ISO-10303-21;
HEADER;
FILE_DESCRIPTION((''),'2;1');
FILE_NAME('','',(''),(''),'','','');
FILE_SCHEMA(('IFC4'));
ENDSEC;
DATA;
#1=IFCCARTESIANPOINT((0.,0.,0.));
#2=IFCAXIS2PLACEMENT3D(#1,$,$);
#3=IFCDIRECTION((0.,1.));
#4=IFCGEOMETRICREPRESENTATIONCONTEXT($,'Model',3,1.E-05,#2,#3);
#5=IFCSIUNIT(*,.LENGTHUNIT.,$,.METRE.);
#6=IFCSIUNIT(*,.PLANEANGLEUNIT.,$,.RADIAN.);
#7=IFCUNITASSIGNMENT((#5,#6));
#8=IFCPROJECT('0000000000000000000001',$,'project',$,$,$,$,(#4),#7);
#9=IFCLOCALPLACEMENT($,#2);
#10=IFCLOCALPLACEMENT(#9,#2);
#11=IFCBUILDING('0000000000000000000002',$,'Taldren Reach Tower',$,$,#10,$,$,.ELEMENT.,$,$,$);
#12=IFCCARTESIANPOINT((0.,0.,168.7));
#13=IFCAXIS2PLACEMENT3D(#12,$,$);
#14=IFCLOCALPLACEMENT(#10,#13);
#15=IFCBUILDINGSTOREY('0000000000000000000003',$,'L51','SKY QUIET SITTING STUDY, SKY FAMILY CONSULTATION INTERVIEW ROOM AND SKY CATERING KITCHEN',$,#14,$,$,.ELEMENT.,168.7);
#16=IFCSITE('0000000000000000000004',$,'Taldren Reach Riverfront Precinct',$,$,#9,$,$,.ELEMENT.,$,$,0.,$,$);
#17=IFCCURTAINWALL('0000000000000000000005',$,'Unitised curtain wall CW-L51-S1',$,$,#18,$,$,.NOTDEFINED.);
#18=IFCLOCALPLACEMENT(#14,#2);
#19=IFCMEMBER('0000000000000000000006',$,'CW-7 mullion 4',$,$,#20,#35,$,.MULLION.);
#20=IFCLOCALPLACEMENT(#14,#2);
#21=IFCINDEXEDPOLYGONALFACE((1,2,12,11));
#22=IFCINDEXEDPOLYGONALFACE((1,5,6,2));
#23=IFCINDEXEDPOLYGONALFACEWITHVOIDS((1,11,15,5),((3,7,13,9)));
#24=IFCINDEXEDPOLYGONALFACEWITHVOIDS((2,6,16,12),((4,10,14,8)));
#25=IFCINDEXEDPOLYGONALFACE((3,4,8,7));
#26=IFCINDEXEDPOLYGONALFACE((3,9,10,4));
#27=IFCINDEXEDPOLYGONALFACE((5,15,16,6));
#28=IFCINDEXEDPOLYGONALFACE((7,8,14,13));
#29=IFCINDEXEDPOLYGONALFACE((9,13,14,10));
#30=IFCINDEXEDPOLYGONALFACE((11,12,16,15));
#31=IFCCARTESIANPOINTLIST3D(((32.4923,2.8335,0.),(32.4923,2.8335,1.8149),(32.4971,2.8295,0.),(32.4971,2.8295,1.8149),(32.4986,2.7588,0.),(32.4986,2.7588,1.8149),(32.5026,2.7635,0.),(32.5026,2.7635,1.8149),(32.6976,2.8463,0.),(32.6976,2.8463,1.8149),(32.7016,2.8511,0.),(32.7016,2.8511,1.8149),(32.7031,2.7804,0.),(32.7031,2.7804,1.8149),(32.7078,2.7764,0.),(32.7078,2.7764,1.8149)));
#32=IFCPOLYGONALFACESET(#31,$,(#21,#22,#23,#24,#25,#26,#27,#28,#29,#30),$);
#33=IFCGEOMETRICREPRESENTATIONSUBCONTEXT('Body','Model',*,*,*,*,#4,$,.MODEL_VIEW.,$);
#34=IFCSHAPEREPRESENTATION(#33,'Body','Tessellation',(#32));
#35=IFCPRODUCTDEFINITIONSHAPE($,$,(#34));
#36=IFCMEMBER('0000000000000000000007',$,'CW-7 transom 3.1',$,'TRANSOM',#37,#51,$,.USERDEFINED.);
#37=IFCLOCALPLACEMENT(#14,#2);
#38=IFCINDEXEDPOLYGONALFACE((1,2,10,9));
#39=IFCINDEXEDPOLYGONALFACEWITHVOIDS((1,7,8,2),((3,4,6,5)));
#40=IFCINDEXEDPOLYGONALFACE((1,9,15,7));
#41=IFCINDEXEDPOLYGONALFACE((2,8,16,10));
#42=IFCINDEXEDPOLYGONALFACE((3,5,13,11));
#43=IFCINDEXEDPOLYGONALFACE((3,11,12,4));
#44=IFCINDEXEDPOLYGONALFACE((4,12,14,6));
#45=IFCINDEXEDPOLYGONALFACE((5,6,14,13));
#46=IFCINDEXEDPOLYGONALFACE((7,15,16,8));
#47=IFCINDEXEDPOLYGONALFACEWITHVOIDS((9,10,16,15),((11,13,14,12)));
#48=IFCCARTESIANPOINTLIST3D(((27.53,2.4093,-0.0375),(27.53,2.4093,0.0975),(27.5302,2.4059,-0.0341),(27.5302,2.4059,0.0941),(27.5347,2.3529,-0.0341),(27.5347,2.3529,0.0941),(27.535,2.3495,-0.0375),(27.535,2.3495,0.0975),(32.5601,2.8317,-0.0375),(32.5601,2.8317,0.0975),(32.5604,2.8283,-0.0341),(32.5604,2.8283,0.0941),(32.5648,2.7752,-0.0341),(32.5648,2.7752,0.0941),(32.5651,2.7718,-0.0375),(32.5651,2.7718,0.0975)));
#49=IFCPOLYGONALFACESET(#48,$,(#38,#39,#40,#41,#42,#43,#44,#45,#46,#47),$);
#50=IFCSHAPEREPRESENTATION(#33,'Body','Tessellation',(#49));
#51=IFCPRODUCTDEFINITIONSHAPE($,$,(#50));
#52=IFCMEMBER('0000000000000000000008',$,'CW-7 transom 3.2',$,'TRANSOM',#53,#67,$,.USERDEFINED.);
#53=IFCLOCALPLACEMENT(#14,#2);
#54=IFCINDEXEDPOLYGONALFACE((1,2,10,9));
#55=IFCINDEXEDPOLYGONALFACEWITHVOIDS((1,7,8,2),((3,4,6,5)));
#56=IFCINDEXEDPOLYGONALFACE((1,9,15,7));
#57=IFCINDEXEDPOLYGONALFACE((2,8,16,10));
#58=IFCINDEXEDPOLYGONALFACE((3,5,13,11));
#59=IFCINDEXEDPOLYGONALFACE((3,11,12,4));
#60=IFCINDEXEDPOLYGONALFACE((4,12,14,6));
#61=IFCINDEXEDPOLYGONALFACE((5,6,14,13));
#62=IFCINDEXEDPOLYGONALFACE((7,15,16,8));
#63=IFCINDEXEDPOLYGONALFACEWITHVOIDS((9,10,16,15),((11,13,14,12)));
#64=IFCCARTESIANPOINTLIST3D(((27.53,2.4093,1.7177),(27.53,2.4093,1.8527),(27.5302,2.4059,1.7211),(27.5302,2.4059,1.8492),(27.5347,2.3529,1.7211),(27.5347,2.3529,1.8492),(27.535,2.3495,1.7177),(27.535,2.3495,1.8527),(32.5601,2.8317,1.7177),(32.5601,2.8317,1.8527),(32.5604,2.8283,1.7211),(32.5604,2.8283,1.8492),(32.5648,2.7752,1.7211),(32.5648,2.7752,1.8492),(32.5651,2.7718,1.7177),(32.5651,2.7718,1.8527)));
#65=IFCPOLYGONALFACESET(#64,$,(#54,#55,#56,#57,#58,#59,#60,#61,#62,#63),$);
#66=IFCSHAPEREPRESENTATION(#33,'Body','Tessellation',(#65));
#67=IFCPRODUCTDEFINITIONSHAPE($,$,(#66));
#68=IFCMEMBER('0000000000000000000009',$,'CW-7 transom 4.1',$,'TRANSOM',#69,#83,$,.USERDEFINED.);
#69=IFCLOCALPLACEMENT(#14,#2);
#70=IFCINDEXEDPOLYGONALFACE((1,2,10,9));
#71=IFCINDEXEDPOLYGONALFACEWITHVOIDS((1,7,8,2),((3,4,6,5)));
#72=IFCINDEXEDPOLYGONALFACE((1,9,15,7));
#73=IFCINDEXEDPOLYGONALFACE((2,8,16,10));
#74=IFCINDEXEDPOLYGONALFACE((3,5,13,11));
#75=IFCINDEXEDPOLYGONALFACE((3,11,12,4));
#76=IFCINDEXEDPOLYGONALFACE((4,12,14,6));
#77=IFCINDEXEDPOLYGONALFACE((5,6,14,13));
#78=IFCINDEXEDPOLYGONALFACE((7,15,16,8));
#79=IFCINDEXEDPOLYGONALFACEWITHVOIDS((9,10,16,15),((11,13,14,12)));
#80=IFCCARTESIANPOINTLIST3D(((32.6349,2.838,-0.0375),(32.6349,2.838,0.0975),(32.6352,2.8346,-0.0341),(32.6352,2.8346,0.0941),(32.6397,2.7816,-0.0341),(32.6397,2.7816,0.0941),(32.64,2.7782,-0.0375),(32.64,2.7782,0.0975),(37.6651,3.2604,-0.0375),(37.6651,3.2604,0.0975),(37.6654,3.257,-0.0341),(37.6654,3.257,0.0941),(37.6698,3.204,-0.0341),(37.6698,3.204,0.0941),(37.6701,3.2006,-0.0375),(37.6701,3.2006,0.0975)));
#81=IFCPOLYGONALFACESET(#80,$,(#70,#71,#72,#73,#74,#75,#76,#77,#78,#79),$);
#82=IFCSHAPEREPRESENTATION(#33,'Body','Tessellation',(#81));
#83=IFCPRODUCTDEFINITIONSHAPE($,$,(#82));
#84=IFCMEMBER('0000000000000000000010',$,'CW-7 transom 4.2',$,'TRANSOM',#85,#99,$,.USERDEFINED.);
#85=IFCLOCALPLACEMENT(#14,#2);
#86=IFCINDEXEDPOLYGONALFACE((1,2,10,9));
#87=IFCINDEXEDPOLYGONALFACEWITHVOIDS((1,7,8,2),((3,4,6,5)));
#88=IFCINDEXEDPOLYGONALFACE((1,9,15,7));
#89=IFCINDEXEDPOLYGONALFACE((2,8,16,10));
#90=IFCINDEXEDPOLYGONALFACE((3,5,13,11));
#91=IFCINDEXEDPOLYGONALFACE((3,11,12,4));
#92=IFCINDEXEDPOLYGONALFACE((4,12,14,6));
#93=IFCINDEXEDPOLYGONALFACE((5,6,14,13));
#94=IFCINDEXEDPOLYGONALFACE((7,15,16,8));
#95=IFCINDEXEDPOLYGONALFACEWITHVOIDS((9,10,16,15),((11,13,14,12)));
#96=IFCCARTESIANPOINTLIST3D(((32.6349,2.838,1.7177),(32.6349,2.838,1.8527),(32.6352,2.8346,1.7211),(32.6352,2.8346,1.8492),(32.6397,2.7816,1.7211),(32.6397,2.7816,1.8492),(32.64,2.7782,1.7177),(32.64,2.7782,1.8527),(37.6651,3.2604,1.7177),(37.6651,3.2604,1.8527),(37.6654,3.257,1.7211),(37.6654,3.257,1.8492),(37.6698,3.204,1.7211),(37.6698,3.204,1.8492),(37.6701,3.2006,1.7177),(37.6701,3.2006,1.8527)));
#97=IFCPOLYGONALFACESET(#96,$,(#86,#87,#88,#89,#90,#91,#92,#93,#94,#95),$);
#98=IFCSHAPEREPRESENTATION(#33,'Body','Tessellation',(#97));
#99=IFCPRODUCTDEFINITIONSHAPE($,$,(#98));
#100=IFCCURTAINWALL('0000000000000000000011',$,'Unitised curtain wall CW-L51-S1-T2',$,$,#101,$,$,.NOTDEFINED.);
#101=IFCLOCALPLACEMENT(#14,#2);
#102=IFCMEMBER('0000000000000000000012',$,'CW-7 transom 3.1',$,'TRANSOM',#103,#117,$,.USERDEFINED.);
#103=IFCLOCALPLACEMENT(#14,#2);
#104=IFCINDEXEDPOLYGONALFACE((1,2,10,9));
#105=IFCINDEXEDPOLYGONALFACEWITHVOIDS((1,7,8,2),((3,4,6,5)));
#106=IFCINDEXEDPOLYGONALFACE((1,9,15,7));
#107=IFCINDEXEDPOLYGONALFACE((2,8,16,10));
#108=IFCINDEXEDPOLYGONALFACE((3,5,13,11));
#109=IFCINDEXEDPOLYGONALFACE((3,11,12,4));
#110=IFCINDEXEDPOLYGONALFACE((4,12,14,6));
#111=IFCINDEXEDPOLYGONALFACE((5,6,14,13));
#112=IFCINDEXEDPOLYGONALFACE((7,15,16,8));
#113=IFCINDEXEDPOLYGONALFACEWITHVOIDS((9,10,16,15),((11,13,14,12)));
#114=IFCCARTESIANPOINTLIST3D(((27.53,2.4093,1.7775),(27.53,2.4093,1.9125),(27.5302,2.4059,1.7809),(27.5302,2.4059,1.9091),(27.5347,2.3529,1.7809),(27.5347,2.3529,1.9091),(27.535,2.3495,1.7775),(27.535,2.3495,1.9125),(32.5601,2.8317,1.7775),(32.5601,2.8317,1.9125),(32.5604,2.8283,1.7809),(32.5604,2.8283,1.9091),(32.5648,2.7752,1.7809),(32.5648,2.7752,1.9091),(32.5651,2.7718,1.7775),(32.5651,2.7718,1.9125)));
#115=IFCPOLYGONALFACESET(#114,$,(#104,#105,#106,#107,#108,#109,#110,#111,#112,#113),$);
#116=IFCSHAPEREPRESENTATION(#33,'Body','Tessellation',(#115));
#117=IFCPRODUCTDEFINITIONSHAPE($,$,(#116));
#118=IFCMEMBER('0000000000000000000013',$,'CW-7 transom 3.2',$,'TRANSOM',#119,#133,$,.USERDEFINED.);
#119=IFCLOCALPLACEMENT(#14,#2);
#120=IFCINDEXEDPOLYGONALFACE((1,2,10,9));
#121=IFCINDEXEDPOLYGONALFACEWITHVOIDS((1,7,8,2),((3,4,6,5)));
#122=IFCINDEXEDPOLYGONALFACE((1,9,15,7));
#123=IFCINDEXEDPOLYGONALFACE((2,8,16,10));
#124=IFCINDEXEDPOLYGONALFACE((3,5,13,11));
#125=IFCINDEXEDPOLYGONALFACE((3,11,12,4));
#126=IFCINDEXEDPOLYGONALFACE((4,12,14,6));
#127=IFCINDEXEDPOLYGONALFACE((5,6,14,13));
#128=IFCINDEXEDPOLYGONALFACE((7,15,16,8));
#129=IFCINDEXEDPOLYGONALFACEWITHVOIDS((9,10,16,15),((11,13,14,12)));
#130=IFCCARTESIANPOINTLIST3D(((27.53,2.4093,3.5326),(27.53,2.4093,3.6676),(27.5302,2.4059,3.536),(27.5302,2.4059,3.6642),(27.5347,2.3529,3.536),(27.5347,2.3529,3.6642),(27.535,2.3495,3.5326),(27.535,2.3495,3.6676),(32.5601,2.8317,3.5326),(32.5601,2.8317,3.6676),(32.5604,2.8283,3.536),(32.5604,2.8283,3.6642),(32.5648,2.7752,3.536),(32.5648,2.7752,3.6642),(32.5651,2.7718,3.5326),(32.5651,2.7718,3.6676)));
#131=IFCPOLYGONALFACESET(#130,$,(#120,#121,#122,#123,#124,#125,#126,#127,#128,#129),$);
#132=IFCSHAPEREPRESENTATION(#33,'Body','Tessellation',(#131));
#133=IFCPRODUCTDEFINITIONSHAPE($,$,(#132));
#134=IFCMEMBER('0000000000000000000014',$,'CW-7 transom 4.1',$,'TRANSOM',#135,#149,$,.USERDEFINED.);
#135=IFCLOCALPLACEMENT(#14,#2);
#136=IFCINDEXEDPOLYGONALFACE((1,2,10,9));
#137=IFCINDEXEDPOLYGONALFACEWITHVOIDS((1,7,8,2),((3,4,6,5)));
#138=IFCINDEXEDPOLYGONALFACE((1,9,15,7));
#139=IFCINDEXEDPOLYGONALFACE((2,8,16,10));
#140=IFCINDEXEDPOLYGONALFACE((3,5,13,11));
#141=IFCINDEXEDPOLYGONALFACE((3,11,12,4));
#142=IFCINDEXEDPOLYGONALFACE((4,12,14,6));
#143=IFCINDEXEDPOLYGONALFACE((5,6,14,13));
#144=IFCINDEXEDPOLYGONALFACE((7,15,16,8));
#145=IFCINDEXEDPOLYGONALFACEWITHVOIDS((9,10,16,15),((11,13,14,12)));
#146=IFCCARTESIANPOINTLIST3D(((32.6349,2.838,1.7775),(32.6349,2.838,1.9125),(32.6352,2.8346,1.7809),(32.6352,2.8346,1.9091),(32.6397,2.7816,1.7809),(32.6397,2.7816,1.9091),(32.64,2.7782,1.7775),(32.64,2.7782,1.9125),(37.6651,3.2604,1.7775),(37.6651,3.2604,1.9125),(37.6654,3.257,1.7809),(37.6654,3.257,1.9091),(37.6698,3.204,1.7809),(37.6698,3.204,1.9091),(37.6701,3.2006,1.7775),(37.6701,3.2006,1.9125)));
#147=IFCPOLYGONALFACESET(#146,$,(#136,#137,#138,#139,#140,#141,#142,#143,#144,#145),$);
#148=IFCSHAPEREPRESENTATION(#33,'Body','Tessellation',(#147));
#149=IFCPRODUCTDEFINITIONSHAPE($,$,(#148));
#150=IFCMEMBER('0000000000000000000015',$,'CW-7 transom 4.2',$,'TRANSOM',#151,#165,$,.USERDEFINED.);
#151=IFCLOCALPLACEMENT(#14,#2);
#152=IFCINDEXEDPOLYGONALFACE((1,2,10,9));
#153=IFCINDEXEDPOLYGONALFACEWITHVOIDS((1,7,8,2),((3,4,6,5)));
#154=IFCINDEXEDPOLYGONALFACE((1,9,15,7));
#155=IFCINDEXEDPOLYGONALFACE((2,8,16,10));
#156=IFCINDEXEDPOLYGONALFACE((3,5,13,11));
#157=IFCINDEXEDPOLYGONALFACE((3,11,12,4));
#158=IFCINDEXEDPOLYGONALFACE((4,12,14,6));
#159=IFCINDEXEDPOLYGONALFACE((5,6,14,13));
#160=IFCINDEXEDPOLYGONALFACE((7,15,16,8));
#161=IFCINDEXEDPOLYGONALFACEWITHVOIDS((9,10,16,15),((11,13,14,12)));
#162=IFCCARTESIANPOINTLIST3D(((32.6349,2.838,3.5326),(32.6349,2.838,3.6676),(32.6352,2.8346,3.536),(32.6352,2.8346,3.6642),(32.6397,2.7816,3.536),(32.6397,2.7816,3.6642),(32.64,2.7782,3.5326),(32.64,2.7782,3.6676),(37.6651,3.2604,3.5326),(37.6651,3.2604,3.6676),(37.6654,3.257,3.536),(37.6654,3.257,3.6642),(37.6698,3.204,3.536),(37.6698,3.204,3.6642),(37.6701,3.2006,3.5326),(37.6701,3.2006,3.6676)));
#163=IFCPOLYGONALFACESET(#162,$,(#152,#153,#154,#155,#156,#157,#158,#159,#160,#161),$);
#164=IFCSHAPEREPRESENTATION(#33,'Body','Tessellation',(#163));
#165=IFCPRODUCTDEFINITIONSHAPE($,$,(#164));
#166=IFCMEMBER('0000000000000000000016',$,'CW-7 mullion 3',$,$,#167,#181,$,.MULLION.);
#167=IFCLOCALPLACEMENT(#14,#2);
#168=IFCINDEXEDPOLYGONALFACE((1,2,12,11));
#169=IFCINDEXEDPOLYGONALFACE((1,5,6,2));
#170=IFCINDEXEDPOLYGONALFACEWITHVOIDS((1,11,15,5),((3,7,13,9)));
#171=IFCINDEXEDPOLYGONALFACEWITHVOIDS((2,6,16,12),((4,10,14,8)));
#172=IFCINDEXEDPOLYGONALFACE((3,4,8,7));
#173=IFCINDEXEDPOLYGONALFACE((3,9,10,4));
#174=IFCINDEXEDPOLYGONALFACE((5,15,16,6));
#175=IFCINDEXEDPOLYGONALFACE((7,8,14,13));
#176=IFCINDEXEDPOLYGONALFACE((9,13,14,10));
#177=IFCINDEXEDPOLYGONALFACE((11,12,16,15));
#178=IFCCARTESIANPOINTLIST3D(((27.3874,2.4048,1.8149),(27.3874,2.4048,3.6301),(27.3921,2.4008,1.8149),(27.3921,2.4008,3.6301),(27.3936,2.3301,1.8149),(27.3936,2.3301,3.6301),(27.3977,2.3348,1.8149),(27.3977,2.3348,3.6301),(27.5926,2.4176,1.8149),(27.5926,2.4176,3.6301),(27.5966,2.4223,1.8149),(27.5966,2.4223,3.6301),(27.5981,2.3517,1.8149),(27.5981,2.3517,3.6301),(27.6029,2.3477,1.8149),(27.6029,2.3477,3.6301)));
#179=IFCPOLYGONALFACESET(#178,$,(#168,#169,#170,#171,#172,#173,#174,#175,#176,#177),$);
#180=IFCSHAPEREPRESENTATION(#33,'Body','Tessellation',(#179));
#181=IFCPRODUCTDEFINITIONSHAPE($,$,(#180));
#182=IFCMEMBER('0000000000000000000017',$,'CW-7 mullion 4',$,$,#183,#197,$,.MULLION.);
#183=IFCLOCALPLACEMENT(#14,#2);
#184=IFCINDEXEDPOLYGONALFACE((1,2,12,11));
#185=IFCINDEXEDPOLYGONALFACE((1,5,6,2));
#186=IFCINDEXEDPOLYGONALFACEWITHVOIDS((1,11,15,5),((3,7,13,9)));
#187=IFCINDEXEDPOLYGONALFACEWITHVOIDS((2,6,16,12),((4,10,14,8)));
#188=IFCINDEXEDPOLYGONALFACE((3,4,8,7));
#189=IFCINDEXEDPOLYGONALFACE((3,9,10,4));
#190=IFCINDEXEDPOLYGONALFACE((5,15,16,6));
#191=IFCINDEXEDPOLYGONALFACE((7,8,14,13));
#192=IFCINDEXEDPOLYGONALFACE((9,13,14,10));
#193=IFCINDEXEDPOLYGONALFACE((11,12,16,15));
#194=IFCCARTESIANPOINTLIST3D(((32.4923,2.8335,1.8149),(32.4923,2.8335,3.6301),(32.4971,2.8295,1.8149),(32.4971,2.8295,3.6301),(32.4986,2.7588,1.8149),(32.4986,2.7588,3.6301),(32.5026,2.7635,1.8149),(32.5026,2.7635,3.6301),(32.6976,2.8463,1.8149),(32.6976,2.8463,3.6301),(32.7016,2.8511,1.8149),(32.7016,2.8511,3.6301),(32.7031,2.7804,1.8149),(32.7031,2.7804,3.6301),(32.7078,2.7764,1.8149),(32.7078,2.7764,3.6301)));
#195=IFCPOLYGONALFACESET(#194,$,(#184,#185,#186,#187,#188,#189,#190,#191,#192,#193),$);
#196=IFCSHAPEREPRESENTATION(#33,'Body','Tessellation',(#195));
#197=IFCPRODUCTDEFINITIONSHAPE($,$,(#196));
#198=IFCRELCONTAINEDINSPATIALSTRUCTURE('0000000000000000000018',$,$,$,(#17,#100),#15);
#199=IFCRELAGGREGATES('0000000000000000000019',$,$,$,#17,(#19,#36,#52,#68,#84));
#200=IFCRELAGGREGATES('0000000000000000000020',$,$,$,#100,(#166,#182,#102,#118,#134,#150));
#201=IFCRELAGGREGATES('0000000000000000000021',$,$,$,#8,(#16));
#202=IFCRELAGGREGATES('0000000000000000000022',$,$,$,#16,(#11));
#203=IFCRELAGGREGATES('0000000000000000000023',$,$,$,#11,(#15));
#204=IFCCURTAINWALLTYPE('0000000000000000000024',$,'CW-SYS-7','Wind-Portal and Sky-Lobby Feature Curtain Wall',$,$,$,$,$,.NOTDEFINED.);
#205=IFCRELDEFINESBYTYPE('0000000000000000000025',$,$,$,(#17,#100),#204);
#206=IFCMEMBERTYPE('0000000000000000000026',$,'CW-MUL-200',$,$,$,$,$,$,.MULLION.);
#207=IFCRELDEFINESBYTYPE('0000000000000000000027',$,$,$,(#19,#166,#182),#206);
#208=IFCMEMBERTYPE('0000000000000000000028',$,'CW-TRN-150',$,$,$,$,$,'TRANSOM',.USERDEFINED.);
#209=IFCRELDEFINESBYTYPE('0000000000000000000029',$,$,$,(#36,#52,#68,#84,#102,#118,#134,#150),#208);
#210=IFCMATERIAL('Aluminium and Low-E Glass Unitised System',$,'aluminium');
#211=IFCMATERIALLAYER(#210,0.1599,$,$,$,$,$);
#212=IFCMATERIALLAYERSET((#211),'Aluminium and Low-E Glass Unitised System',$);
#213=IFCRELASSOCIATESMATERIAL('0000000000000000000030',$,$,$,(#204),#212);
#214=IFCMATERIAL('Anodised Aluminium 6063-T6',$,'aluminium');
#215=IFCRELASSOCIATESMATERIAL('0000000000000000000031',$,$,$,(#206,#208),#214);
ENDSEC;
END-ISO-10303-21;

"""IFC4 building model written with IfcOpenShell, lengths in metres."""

from ifc_helpers import new_model, si_unit, direction, frame, origin, origin_2d, place, context, subcontext, project, spatial, hollow_rectangle, extrude, source, transform, mapped, material, layer, layer_set, material_profile, profile_set, type_object, element, aggregate, save


model = new_model("IFC4")

# Units and contexts
model_context = context("Model", 3, precision=1e-05, world=origin(), true_north=direction((0.0, 1.0)))
body_context = subcontext(model_context, "Body", "Model", "MODEL_VIEW")
ifc_project = project(units=[si_unit("LENGTHUNIT", "METRE"), si_unit("PLANEANGLEUNIT", "RADIAN")], contexts=[model_context])

# Site, building, storey
site_placement = place(None, origin())
site = spatial("IfcSite", under=ifc_project, at=site_placement, Name="Taldren Reach Riverfront Precinct", CompositionType="ELEMENT", RefElevation=0.0)
building_placement = place(site_placement, origin())
building = spatial("IfcBuilding", under=site, at=building_placement, Name="Taldren Reach Tower", CompositionType="ELEMENT")
storey_placement = place(building_placement, frame((0.0, 0.0, 168.7)))
storey = spatial("IfcBuildingStorey", under=building, at=storey_placement, Name="L51", Description="SKY QUIET SITTING STUDY, SKY FAMILY CONSULTATION INTERVIEW ROOM AND SKY CATERING KITCHEN", CompositionType="ELEMENT", Elevation=168.7)

# Curtain walls, members
ifc_material_1 = material(Name="Aluminium and Low-E Glass Unitised System", Category="aluminium")
ifc_layer_1 = layer(ifc_material_1, 0.1599)
ifc_layer_set_1 = layer_set([ifc_layer_1], Name="Aluminium and Low-E Glass Unitised System")
curtain_wall_type = type_object("IfcCurtainWallType", Name="CW-SYS-7", Description="Wind-Portal and Sky-Lobby Feature Curtain Wall", PredefinedType="NOTDEFINED", material=ifc_layer_set_1)
curtain_wall_1_placement = place(storey_placement, origin())
curtain_wall_1 = element("IfcCurtainWall", 1, at=curtain_wall_1_placement, inside=storey, type_object=curtain_wall_type, Name="Unitised curtain wall CW-L51-S1", PredefinedType="NOTDEFINED")
ifc_material_2 = material(Name="Anodised Aluminium 6063-T6", Category="aluminium")
ifc_material_profile_1 = material_profile(ifc_material_2, hollow_rectangle(XDim=0.075, YDim=0.21, WallThickness=0.0044, at=origin_2d()), Name="ALU-210x75x4.5RHS")
ifc_profile_set_1 = profile_set([ifc_material_profile_1], Name="Anodised Aluminium 6063-T6")
member_type_1 = type_object("IfcMemberType", Name="CW-MUL-200", PredefinedType="MULLION", material=ifc_profile_set_1)
shared_shape_1 = source(origin(), body_context, "Body", "SweptSolid", [
    extrude(hollow_rectangle(XDim=0.075, YDim=0.21, WallThickness=0.0044, at=origin_2d()), origin(), (0.0, 0.0, 1.0), 1.8149),
])
member_1_placement = place(storey_placement, frame((32.6001, 2.8049, 0.0), z_axis=(0.0, 0.0, 1.0), x_axis=(-0.083678, 0.996493, 0.0)))
member_1 = element("IfcMember", 2, at=member_1_placement, type_object=member_type_1, Name="CW-7 mullion 4", PredefinedType="MULLION", context=body_context, shape_type="MappedRepresentation", body=[
    mapped(shared_shape_1, transform((0.0, 0.0, 0.0), scale=1.0)),
])
ifc_material_profile_2 = material_profile(ifc_material_2, hollow_rectangle(XDim=0.0601, YDim=0.135, WallThickness=0.0034, at=origin_2d()), Name="ALU-135x60x3.5RHS")
ifc_profile_set_2 = profile_set([ifc_material_profile_2], Name="Anodised Aluminium 6063-T6")
member_type_2 = type_object("IfcMemberType", Name="CW-TRN-150", ElementType="TRANSOM", PredefinedType="USERDEFINED", material=ifc_profile_set_2)
shared_shape_2 = source(origin(), body_context, "Body", "SweptSolid", [
    extrude(hollow_rectangle(XDim=0.0601, YDim=0.135, WallThickness=0.0034, at=origin_2d()), origin(), (0.0, 0.0, 1.0), 5.0479),
])
member_2_placement = place(storey_placement, frame((27.5325, 2.3794, 0.03), z_axis=(0.996493, 0.083674, 0.0), x_axis=(-0.083674, 0.996493, 0.0)))
member_2 = element("IfcMember", 3, at=member_2_placement, type_object=member_type_2, Name="CW-7 transom 3.1", ObjectType="TRANSOM", PredefinedType="USERDEFINED", context=body_context, shape_type="MappedRepresentation", body=[
    mapped(shared_shape_2, transform((0.0, 0.0, 0.0), scale=1.0)),
])
member_3_placement = place(storey_placement, frame((27.5325, 2.3794, 1.7852), z_axis=(0.996493, 0.083674, 0.0), x_axis=(-0.083674, 0.996493, 0.0)))
member_3 = element("IfcMember", 4, at=member_3_placement, type_object=member_type_2, Name="CW-7 transom 3.2", ObjectType="TRANSOM", PredefinedType="USERDEFINED", context=body_context, shape_type="MappedRepresentation", body=[
    mapped(shared_shape_2, transform((0.0, 0.0, 0.0), scale=1.0)),
])
member_4_placement = place(storey_placement, frame((32.6375, 2.8081, 0.03), z_axis=(0.996493, 0.083674, 0.0), x_axis=(-0.083674, 0.996493, 0.0)))
member_4 = element("IfcMember", 5, at=member_4_placement, type_object=member_type_2, Name="CW-7 transom 4.1", ObjectType="TRANSOM", PredefinedType="USERDEFINED", context=body_context, shape_type="MappedRepresentation", body=[
    mapped(shared_shape_2, transform((0.0, 0.0, 0.0), scale=1.0)),
])
member_5_placement = place(storey_placement, frame((32.6375, 2.8081, 1.7852), z_axis=(0.996493, 0.083674, 0.0), x_axis=(-0.083674, 0.996493, 0.0)))
member_5 = element("IfcMember", 6, at=member_5_placement, type_object=member_type_2, Name="CW-7 transom 4.2", ObjectType="TRANSOM", PredefinedType="USERDEFINED", context=body_context, shape_type="MappedRepresentation", body=[
    mapped(shared_shape_2, transform((0.0, 0.0, 0.0), scale=1.0)),
])
curtain_wall_2_placement = place(storey_placement, origin())
curtain_wall_2 = element("IfcCurtainWall", 7, at=curtain_wall_2_placement, inside=storey, type_object=curtain_wall_type, Name="Unitised curtain wall CW-L51-S1-T2", PredefinedType="NOTDEFINED")
member_6_placement = place(storey_placement, frame((27.5325, 2.3794, 1.845), z_axis=(0.996493, 0.083674, 0.0), x_axis=(-0.083674, 0.996493, 0.0)))
member_6 = element("IfcMember", 8, at=member_6_placement, type_object=member_type_2, Name="CW-7 transom 3.1", ObjectType="TRANSOM", PredefinedType="USERDEFINED", context=body_context, shape_type="MappedRepresentation", body=[
    mapped(shared_shape_2, transform((0.0, 0.0, 0.0), scale=1.0)),
])
member_7_placement = place(storey_placement, frame((27.5325, 2.3794, 3.6001), z_axis=(0.996493, 0.083674, 0.0), x_axis=(-0.083674, 0.996493, 0.0)))
member_7 = element("IfcMember", 9, at=member_7_placement, type_object=member_type_2, Name="CW-7 transom 3.2", ObjectType="TRANSOM", PredefinedType="USERDEFINED", context=body_context, shape_type="MappedRepresentation", body=[
    mapped(shared_shape_2, transform((0.0, 0.0, 0.0), scale=1.0)),
])
member_8_placement = place(storey_placement, frame((32.6375, 2.8081, 1.845), z_axis=(0.996493, 0.083674, 0.0), x_axis=(-0.083674, 0.996493, 0.0)))
member_8 = element("IfcMember", 10, at=member_8_placement, type_object=member_type_2, Name="CW-7 transom 4.1", ObjectType="TRANSOM", PredefinedType="USERDEFINED", context=body_context, shape_type="MappedRepresentation", body=[
    mapped(shared_shape_2, transform((0.0, 0.0, 0.0), scale=1.0)),
])
member_9_placement = place(storey_placement, frame((32.6375, 2.8081, 3.6001), z_axis=(0.996493, 0.083674, 0.0), x_axis=(-0.083674, 0.996493, 0.0)))
member_9 = element("IfcMember", 11, at=member_9_placement, type_object=member_type_2, Name="CW-7 transom 4.2", ObjectType="TRANSOM", PredefinedType="USERDEFINED", context=body_context, shape_type="MappedRepresentation", body=[
    mapped(shared_shape_2, transform((0.0, 0.0, 0.0), scale=1.0)),
])
shared_shape_3 = source(origin(), body_context, "Body", "SweptSolid", [
    extrude(hollow_rectangle(XDim=0.075, YDim=0.21, WallThickness=0.0044, at=origin_2d()), origin(), (0.0, 0.0, 1.0), 1.8152),
])
member_10_placement = place(storey_placement, frame((27.4951, 2.3762, 1.8149), z_axis=(0.0, 0.0, 1.0), x_axis=(-0.083678, 0.996493, 0.0)))
member_10 = element("IfcMember", 12, at=member_10_placement, type_object=member_type_1, Name="CW-7 mullion 3", PredefinedType="MULLION", context=body_context, shape_type="MappedRepresentation", body=[
    mapped(shared_shape_3, transform((0.0, 0.0, 0.0), scale=1.0)),
])
member_11_placement = place(storey_placement, frame((32.6001, 2.8049, 1.8149), z_axis=(0.0, 0.0, 1.0), x_axis=(-0.083678, 0.996493, 0.0)))
member_11 = element("IfcMember", 13, at=member_11_placement, type_object=member_type_1, Name="CW-7 mullion 4", PredefinedType="MULLION", context=body_context, shape_type="MappedRepresentation", body=[
    mapped(shared_shape_3, transform((0.0, 0.0, 0.0), scale=1.0)),
])

aggregate(curtain_wall_1, [member_1, member_2, member_3, member_4, member_5])
aggregate(curtain_wall_2, [member_10, member_11, member_6, member_7, member_8, member_9])

save(model, "model.ifc")
